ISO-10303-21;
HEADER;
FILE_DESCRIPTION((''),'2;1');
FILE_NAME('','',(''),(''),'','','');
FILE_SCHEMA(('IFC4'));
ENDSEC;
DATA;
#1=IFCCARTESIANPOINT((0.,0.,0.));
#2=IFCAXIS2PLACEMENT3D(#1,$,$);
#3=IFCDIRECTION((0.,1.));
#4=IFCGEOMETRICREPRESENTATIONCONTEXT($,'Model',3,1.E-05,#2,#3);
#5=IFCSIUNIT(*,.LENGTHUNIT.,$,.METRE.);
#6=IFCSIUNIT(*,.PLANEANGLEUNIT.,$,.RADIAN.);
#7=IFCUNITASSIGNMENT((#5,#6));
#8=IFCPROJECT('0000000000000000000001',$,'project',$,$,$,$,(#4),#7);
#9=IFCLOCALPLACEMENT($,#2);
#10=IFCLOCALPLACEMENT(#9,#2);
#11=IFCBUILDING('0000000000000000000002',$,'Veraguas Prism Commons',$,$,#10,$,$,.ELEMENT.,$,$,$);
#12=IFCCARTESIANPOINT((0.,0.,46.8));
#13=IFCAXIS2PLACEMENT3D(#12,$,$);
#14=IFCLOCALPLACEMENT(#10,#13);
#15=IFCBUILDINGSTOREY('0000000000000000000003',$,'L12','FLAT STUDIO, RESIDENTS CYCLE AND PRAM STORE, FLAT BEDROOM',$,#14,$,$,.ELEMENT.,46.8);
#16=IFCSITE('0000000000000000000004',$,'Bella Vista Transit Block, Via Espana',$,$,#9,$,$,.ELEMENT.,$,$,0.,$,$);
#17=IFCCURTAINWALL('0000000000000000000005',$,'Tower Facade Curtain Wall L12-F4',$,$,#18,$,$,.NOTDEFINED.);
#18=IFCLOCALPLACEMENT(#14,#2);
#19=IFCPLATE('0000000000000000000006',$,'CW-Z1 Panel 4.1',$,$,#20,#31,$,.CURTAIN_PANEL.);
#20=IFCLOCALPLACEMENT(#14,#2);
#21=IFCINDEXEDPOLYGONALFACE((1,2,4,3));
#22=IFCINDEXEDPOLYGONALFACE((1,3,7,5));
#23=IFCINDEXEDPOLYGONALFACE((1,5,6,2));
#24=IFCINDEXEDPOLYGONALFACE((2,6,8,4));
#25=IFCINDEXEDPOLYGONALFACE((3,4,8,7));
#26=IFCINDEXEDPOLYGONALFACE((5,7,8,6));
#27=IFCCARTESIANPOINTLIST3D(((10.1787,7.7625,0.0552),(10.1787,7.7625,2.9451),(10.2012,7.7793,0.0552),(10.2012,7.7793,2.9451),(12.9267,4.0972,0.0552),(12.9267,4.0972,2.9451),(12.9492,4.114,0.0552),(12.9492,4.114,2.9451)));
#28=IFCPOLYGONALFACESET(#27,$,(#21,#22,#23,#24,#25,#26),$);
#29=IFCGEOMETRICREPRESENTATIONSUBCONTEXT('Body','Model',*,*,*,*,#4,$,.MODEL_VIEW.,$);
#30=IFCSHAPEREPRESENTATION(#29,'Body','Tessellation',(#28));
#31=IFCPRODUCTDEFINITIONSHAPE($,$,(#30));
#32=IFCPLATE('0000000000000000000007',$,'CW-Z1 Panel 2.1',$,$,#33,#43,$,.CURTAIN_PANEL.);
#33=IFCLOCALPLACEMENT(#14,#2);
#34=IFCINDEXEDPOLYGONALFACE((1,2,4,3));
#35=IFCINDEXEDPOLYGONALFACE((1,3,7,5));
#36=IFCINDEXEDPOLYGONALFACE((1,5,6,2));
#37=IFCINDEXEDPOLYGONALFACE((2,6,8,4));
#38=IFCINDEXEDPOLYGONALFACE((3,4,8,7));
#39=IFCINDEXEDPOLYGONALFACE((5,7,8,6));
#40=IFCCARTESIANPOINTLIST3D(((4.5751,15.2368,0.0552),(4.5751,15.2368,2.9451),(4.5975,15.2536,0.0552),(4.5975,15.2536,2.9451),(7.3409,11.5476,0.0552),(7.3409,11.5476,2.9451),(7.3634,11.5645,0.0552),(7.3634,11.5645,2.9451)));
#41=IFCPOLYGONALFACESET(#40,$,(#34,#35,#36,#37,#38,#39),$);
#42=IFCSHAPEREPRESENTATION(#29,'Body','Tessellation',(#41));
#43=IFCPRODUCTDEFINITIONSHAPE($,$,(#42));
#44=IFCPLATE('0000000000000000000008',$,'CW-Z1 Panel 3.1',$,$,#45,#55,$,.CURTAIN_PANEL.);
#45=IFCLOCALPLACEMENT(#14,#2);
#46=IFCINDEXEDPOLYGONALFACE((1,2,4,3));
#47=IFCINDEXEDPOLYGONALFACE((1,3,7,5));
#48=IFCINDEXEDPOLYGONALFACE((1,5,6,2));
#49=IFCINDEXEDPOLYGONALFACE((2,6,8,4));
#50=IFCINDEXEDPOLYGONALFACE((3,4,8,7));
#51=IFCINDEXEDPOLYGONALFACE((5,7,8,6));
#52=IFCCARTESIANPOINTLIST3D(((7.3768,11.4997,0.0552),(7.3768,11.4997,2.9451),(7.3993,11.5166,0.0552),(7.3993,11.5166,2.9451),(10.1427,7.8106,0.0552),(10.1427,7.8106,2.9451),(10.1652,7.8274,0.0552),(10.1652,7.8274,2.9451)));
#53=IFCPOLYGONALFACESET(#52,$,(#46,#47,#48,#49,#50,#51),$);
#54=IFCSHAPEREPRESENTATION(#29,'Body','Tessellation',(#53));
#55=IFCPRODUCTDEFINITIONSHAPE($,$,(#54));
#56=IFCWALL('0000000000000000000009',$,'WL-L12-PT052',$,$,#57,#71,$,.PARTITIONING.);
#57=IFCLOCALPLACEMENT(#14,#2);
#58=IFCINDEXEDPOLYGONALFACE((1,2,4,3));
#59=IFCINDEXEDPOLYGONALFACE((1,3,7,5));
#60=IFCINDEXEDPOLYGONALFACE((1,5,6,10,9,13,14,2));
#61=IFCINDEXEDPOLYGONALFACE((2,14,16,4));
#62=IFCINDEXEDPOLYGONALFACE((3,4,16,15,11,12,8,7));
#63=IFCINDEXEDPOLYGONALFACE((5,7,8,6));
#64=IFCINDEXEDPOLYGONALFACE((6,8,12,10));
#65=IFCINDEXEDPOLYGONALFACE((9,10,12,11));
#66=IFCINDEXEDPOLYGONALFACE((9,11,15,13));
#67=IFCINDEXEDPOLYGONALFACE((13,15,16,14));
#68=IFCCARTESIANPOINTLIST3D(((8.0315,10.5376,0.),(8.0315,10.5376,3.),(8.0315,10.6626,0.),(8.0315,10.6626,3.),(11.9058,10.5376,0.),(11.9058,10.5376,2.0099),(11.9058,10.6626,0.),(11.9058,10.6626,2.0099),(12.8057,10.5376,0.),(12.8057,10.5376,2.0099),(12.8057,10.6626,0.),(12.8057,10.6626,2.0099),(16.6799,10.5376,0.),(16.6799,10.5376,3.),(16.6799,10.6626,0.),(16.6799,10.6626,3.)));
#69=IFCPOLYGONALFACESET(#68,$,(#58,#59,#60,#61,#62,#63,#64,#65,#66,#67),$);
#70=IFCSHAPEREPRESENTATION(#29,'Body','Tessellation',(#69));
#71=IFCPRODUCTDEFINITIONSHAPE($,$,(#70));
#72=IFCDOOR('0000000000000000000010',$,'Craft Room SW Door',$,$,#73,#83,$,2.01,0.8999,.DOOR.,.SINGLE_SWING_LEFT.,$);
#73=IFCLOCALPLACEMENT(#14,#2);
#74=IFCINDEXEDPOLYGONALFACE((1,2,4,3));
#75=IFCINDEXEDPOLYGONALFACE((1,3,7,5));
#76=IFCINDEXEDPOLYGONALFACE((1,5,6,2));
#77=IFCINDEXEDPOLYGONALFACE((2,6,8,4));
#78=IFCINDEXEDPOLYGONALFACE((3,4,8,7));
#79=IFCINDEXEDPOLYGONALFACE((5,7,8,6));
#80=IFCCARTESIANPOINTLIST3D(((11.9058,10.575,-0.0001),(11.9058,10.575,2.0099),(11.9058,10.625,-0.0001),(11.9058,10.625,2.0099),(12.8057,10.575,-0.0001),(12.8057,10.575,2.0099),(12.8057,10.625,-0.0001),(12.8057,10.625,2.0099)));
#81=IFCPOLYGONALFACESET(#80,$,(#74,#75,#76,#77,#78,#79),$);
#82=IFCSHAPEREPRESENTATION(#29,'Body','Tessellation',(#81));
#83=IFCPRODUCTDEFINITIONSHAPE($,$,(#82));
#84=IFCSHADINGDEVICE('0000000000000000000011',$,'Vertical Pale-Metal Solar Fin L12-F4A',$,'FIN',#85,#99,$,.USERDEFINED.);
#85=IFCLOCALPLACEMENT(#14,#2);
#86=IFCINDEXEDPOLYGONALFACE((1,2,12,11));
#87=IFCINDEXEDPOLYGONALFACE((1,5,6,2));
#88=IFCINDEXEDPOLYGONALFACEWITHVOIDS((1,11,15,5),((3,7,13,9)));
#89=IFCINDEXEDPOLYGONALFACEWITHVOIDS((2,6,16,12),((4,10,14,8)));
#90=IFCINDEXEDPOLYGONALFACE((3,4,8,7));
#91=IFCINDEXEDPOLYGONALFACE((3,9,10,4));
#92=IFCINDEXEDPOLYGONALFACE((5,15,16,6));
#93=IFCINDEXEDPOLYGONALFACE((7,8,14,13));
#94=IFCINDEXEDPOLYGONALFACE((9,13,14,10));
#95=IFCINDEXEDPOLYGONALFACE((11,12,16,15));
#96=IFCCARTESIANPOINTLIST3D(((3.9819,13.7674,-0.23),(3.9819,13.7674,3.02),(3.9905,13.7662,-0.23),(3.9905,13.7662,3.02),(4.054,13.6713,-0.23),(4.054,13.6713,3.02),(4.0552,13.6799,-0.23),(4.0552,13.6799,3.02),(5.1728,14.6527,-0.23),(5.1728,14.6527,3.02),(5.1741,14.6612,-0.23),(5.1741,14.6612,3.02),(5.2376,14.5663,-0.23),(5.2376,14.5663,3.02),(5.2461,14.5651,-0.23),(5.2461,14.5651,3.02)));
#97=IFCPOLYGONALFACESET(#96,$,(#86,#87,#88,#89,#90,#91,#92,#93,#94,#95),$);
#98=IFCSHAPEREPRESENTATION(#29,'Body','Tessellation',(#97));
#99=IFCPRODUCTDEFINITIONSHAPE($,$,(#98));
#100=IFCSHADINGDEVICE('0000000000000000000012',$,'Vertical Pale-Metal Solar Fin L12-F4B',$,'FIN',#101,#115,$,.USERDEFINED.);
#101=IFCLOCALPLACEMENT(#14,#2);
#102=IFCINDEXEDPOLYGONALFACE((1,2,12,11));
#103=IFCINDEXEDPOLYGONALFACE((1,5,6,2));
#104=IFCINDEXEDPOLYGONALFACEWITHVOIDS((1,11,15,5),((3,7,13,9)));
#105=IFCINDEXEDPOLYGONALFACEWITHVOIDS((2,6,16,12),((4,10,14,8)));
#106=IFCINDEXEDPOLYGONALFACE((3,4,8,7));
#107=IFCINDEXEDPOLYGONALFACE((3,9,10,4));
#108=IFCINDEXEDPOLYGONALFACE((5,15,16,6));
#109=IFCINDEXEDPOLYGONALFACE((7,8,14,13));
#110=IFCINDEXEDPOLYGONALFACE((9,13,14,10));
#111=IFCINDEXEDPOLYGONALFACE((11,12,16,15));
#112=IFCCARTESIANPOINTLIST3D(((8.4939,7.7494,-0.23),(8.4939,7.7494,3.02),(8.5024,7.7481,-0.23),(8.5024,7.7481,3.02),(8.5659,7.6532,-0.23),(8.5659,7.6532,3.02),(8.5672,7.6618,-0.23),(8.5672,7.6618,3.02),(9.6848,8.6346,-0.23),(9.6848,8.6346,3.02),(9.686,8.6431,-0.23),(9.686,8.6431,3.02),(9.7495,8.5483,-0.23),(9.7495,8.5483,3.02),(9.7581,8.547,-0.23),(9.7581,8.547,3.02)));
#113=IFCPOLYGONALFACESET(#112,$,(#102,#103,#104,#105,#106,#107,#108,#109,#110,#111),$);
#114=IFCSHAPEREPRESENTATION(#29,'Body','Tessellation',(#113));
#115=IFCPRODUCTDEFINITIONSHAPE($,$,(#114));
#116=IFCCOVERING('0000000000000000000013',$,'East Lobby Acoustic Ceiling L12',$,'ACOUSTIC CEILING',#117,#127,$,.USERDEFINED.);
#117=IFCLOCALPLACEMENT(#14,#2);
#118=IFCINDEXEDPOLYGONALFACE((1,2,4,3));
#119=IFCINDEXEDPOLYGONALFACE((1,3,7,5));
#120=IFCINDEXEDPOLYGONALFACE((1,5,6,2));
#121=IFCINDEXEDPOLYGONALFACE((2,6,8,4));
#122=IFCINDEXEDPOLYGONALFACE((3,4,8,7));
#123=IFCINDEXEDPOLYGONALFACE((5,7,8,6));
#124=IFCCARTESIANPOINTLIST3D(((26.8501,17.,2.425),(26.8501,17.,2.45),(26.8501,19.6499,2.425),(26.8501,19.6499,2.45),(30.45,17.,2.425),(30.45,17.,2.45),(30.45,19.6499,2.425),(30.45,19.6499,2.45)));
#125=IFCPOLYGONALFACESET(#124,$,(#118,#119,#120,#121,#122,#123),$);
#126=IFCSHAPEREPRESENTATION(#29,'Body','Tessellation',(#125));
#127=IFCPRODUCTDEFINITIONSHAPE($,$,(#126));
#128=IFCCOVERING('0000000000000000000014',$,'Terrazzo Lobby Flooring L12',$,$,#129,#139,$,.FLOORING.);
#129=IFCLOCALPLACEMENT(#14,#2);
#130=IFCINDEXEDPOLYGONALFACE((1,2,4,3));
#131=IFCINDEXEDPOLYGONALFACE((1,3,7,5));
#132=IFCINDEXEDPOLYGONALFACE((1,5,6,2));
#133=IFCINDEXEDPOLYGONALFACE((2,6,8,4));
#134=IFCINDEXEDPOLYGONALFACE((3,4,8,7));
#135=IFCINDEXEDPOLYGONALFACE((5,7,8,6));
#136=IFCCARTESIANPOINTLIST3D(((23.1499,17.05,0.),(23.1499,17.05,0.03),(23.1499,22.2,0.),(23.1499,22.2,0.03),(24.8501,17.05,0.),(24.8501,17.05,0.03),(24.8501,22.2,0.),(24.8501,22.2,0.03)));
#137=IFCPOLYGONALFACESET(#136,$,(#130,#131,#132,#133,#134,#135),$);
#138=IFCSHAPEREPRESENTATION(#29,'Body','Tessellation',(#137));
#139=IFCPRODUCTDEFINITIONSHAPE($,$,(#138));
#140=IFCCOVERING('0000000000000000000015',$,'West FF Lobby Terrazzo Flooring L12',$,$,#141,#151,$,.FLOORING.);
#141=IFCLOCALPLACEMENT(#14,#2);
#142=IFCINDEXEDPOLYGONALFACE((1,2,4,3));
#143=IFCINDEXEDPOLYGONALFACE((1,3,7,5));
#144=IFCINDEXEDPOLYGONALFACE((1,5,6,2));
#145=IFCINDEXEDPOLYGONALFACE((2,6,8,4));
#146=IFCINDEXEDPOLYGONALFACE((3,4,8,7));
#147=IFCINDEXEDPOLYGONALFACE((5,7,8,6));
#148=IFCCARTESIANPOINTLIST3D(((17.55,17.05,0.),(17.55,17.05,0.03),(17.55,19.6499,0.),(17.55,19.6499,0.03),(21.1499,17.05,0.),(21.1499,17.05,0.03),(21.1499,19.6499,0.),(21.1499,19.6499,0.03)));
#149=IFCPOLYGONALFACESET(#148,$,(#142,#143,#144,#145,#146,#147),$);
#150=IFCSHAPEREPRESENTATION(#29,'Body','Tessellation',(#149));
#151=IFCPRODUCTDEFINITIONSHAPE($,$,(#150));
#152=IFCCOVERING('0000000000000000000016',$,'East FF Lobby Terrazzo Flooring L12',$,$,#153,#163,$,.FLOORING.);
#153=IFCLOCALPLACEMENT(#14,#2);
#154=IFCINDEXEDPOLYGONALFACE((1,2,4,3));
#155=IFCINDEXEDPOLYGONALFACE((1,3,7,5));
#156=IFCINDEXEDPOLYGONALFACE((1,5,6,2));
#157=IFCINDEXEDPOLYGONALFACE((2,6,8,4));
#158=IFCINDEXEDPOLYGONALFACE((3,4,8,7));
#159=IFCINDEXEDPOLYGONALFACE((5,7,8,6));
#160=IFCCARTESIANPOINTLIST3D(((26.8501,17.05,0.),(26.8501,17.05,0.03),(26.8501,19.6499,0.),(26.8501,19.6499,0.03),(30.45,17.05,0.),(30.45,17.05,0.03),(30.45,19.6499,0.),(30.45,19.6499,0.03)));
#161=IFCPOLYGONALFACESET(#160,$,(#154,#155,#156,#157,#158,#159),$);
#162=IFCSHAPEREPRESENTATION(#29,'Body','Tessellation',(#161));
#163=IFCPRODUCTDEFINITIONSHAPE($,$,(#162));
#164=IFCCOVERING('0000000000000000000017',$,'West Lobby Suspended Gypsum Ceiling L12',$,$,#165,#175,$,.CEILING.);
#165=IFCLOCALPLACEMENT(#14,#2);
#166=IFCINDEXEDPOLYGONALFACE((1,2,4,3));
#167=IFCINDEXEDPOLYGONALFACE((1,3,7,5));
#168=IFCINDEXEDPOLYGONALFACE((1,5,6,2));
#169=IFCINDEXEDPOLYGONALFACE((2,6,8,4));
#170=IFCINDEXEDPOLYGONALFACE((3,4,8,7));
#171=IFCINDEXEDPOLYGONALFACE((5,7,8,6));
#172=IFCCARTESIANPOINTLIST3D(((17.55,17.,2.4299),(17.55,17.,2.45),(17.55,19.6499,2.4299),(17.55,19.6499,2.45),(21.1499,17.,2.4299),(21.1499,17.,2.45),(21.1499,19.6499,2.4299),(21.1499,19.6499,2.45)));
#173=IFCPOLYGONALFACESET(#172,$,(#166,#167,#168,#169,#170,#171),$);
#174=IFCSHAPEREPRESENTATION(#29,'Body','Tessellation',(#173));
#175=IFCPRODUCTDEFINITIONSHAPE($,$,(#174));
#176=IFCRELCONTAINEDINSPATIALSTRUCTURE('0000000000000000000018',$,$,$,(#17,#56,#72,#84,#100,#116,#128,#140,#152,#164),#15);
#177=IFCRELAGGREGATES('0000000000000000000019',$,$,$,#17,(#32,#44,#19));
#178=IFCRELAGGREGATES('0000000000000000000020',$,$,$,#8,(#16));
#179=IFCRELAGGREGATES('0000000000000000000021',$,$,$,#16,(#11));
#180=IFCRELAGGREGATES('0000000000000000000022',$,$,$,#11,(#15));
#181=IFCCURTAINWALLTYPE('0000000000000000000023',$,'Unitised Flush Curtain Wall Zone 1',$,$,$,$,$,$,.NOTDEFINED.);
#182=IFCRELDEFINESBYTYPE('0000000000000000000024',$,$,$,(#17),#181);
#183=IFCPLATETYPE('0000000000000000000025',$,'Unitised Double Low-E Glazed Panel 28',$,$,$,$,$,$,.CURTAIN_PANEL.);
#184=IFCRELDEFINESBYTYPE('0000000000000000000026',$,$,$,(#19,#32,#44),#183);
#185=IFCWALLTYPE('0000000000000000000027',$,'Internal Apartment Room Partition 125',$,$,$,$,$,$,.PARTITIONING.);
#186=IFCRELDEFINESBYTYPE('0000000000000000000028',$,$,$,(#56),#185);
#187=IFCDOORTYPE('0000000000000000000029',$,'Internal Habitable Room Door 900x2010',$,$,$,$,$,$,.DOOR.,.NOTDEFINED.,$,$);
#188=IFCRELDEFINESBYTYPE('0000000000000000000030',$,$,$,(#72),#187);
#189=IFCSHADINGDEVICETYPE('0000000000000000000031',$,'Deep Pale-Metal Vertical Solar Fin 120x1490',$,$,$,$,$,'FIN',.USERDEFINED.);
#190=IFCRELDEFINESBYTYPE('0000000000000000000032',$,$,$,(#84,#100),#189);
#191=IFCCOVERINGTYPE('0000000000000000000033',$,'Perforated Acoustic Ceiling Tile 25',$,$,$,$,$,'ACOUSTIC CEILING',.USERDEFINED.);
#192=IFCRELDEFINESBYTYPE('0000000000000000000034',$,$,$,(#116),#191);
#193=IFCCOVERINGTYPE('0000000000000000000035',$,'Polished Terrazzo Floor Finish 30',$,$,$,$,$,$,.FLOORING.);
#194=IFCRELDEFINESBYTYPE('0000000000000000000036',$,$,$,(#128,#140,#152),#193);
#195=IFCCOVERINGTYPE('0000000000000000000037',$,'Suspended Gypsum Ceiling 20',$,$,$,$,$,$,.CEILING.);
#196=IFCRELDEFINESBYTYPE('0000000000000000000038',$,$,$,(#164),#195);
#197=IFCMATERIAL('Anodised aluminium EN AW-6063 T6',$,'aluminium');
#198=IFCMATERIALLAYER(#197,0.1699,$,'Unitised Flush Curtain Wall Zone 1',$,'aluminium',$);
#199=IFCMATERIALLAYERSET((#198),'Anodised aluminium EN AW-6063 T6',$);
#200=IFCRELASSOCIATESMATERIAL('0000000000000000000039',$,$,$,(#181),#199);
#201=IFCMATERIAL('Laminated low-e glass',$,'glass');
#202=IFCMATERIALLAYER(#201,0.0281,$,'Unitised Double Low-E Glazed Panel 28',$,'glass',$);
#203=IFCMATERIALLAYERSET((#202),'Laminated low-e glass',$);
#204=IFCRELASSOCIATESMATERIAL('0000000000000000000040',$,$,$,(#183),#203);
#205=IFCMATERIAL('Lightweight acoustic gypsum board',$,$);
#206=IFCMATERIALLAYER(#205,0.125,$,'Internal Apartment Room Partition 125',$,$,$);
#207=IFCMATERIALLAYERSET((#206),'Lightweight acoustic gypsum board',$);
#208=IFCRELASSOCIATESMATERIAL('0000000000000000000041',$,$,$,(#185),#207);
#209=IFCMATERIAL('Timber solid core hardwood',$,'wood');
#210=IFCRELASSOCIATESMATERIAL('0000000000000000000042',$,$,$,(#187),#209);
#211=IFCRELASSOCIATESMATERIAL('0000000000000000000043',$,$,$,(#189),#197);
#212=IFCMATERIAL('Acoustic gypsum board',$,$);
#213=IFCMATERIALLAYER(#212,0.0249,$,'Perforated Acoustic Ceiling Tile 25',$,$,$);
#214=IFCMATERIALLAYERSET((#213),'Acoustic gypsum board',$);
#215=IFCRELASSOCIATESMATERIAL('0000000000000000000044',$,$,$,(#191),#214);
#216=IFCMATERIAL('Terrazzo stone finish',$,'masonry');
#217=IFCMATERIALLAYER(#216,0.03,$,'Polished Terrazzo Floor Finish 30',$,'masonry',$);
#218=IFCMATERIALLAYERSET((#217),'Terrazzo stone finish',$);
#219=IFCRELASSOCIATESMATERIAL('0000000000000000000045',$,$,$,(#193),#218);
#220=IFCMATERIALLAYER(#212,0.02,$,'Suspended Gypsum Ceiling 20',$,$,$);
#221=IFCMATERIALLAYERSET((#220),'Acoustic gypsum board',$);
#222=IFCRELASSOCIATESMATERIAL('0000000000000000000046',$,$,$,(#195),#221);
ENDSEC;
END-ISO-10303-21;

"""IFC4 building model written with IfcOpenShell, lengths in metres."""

from ifc_helpers import new_model, si_unit, direction, frame, frame_2d, origin, origin_2d, place, context, subcontext, project, spatial, polyline, rectangle, hollow_rectangle, outline, extrude, source, transform, mapped, material, layer, layer_set, material_profile, profile_set, type_object, element, fill, aggregate, save


model = new_model("IFC4")

# Units and contexts
model_context = context("Model", 3, precision=1e-05, world=origin(), true_north=direction((0.0, 1.0)))
body_context = subcontext(model_context, "Body", "Model", "MODEL_VIEW")
ifc_project = project(units=[si_unit("LENGTHUNIT", "METRE"), si_unit("PLANEANGLEUNIT", "RADIAN")], contexts=[model_context])

# Site, building, storey
site_placement = place(None, origin())
site = spatial("IfcSite", under=ifc_project, at=site_placement, Name="Bella Vista Transit Block, Via Espana", CompositionType="ELEMENT", RefElevation=0.0)
building_placement = place(site_placement, origin())
building = spatial("IfcBuilding", under=site, at=building_placement, Name="Veraguas Prism Commons", CompositionType="ELEMENT")
storey_placement = place(building_placement, frame((0.0, 0.0, 46.8)))
storey = spatial("IfcBuildingStorey", under=building, at=storey_placement, Name="L12", Description="FLAT STUDIO, RESIDENTS CYCLE AND PRAM STORE, FLAT BEDROOM", CompositionType="ELEMENT", Elevation=46.8)

# Curtain wall
ifc_material_1 = material(Name="Anodised aluminium EN AW-6063 T6", Category="aluminium")
ifc_layer_1 = layer(ifc_material_1, 0.1699, Name="Unitised Flush Curtain Wall Zone 1", Category="aluminium")
ifc_layer_set_1 = layer_set([ifc_layer_1], Name="Anodised aluminium EN AW-6063 T6")
curtain_wall_type = type_object("IfcCurtainWallType", Name="Unitised Flush Curtain Wall Zone 1", PredefinedType="NOTDEFINED", material=ifc_layer_set_1)
curtain_wall_1_placement = place(storey_placement, origin())
curtain_wall_1 = element("IfcCurtainWall", 1, at=curtain_wall_1_placement, inside=storey, type_object=curtain_wall_type, Name="Tower Facade Curtain Wall L12-F4", PredefinedType="NOTDEFINED")

# Plates
ifc_material_2 = material(Name="Laminated low-e glass", Category="glass")
ifc_layer_2 = layer(ifc_material_2, 0.0281, Name="Unitised Double Low-E Glazed Panel 28", Category="glass")
ifc_layer_set_2 = layer_set([ifc_layer_2], Name="Laminated low-e glass")
plate_type = type_object("IfcPlateType", Name="Unitised Double Low-E Glazed Panel 28", PredefinedType="CURTAIN_PANEL", material=ifc_layer_set_2)
shared_shape_1 = source(origin(), body_context, "Body", "SweptSolid", [
    extrude(rectangle(XDim=4.5811, YDim=0.0281, at=origin_2d()), origin(), (0.0, 0.0, 1.0), 2.8899),
])
plate_1_placement = place(storey_placement, frame((11.564, 5.9382, 0.0552), z_axis=(0.0, 0.0, 1.0), x_axis=(0.599862, -0.800104, 0.0)))
plate_1 = element("IfcPlate", 2, at=plate_1_placement, type_object=plate_type, Name="CW-Z1 Panel 4.1", PredefinedType="CURTAIN_PANEL", context=body_context, shape_type="MappedRepresentation", body=[
    mapped(shared_shape_1, transform((0.0, 0.0, 0.0), scale=1.0)),
])
shared_shape_2 = source(origin(), body_context, "Body", "SweptSolid", [
    extrude(rectangle(XDim=4.6108, YDim=0.0281, at=origin_2d()), origin(), (0.0, 0.0, 1.0), 2.8899),
])
plate_2_placement = place(storey_placement, frame((5.9692, 13.4006, 0.0552), z_axis=(0.0, 0.0, 1.0), x_axis=(0.599862, -0.800104, 0.0)))
plate_2 = element("IfcPlate", 3, at=plate_2_placement, type_object=plate_type, Name="CW-Z1 Panel 2.1", PredefinedType="CURTAIN_PANEL", context=body_context, shape_type="MappedRepresentation", body=[
    mapped(shared_shape_2, transform((0.0, 0.0, 0.0), scale=1.0)),
])
plate_3_placement = place(storey_placement, frame((8.771, 9.6636, 0.0552), z_axis=(0.0, 0.0, 1.0), x_axis=(0.599862, -0.800104, 0.0)))
plate_3 = element("IfcPlate", 4, at=plate_3_placement, type_object=plate_type, Name="CW-Z1 Panel 3.1", PredefinedType="CURTAIN_PANEL", context=body_context, shape_type="MappedRepresentation", body=[
    mapped(shared_shape_2, transform((0.0, 0.0, 0.0), scale=1.0)),
])
aggregate(curtain_wall_1, [plate_2, plate_3, plate_1])

# Wall, opening, door
ifc_material_3 = material(Name="Lightweight acoustic gypsum board")
ifc_layer_3 = layer(ifc_material_3, 0.125, Name="Internal Apartment Room Partition 125")
ifc_layer_set_3 = layer_set([ifc_layer_3], Name="Lightweight acoustic gypsum board")
wall_type = type_object("IfcWallType", Name="Internal Apartment Room Partition 125", PredefinedType="PARTITIONING", material=ifc_layer_set_3)
wall_placement = place(storey_placement, frame((8.0315, 10.6001, 0.0), z_axis=(0.0, 0.0, 1.0), x_axis=(1.0, 0.0, 0.0)))
wall = element("IfcWall", 5, at=wall_placement, inside=storey, type_object=wall_type, Name="WL-L12-PT052", PredefinedType="PARTITIONING", context=body_context, shape_type="SweptSolid", body=[
    extrude(rectangle(XDim=8.6484, YDim=0.125, at=frame_2d((4.3242, 0.0))), origin(), (0.0, 0.0, 1.0), 3.0),
])
opening_placement = place(wall_placement, frame((3.8743, 0.0, 0.0)))
opening = element("IfcOpeningElement", 6, at=opening_placement, cuts=wall, PredefinedType="OPENING", context=body_context, shape_type="SweptSolid", body=[
    extrude(rectangle(XDim=0.8999, YDim=2.01, at=frame_2d((0.45, 1.0049))), frame((0.0, 0.0725, 0.0), z_axis=(0.0, -1.0, 0.0), x_axis=(1.0, 0.0, 0.0)), (0.0, 0.0, 1.0), 0.145),
])
ifc_material_4 = material(Name="Timber solid core hardwood", Category="wood")
door_type = type_object("IfcDoorType", Name="Internal Habitable Room Door 900x2010", OperationType="NOTDEFINED", PredefinedType="DOOR", material=ifc_material_4)
shared_shape_3 = source(origin(), body_context, "Body", "SweptSolid", [
    extrude(rectangle(XDim=0.8999, YDim=2.01, at=frame_2d((0.45, 1.0049))), frame((0.0, 0.0249, 0.0), z_axis=(0.0, -1.0, 0.0), x_axis=(1.0, 0.0, 0.0)), (0.0, 0.0, 1.0), 0.05),
])
door_placement = place(opening_placement, origin())
door = element("IfcDoor", 7, at=door_placement, inside=storey, type_object=door_type, Name="Craft Room SW Door", OperationType="SINGLE_SWING_LEFT", OverallHeight=2.01, OverallWidth=0.8999, PredefinedType="DOOR", context=body_context, shape_type="MappedRepresentation", body=[
    mapped(shared_shape_3, transform((0.0, 0.0, 0.0), scale=1.0)),
])
fill(opening, door)

# Shading devices
ifc_material_profile_1 = material_profile(ifc_material_1, hollow_rectangle(XDim=0.1201, YDim=1.49, WallThickness=0.0061, at=origin_2d()), Name="FIN120X1490X6")
ifc_profile_set_1 = profile_set([ifc_material_profile_1], Name="Anodised aluminium EN AW-6063 T6")
shading_device_type = type_object("IfcShadingDeviceType", Name="Deep Pale-Metal Vertical Solar Fin 120x1490", ElementType="FIN", PredefinedType="USERDEFINED", material=ifc_profile_set_1)
for number, where, z_axis, x_axis, name in (
    (8, (4.614, 14.1663, -0.23), (0.0, 0.0, 1.0), (0.599862, -0.800104, 0.0), "Vertical Pale-Metal Solar Fin L12-F4A"),
    (9, (9.126, 8.1482, -0.23), (0.0, 0.0, 1.0), (0.599862, -0.800104, 0.0), "Vertical Pale-Metal Solar Fin L12-F4B"),
):
    element("IfcShadingDevice", number, at=place(storey_placement, frame(where, z_axis=z_axis, x_axis=x_axis)), inside=storey, type_object=shading_device_type, Name=name, ObjectType="FIN", PredefinedType="USERDEFINED", context=body_context, shape_type="SweptSolid", body=[
        extrude(hollow_rectangle(XDim=0.1201, YDim=1.49, WallThickness=0.0061, at=origin_2d()), origin(), (0.0, 0.0, 1.0), 3.25),
    ])

# Coverings
ifc_material_5 = material(Name="Acoustic gypsum board")
ifc_layer_4 = layer(ifc_material_5, 0.0249, Name="Perforated Acoustic Ceiling Tile 25")
ifc_layer_set_4 = layer_set([ifc_layer_4], Name="Acoustic gypsum board")
covering_type_1 = type_object("IfcCoveringType", Name="Perforated Acoustic Ceiling Tile 25", ElementType="ACOUSTIC CEILING", PredefinedType="USERDEFINED", material=ifc_layer_set_4)
covering_1_placement = place(storey_placement, frame((0.0, 0.0, 2.425)))
element("IfcCovering", 10, at=covering_1_placement, inside=storey, type_object=covering_type_1, Name="East Lobby Acoustic Ceiling L12", ObjectType="ACOUSTIC CEILING", PredefinedType="USERDEFINED", context=body_context, shape_type="SweptSolid", body=[
    extrude(outline(polyline([(26.8501, 17.0), (30.45, 17.0), (30.45, 19.6499), (26.8501, 19.6499), (26.8501, 17.0)])), origin(), (0.0, 0.0, 1.0), 0.0249),
])
ifc_material_6 = material(Name="Terrazzo stone finish", Category="masonry")
ifc_layer_5 = layer(ifc_material_6, 0.03, Name="Polished Terrazzo Floor Finish 30", Category="masonry")
ifc_layer_set_5 = layer_set([ifc_layer_5], Name="Terrazzo stone finish")
covering_type_2 = type_object("IfcCoveringType", Name="Polished Terrazzo Floor Finish 30", PredefinedType="FLOORING", material=ifc_layer_set_5)
covering_2_placement = place(storey_placement, origin())
element("IfcCovering", 11, at=covering_2_placement, inside=storey, type_object=covering_type_2, Name="Terrazzo Lobby Flooring L12", PredefinedType="FLOORING", context=body_context, shape_type="SweptSolid", body=[
    extrude(outline(polyline([(23.1499, 17.05), (24.8501, 17.05), (24.8501, 22.2), (23.1499, 22.2), (23.1499, 17.05)])), origin(), (0.0, 0.0, 1.0), 0.03),
])
covering_3_placement = place(storey_placement, origin())
element("IfcCovering", 12, at=covering_3_placement, inside=storey, type_object=covering_type_2, Name="West FF Lobby Terrazzo Flooring L12", PredefinedType="FLOORING", context=body_context, shape_type="SweptSolid", body=[
    extrude(outline(polyline([(17.55, 17.05), (21.1499, 17.05), (21.1499, 19.6499), (17.55, 19.6499), (17.55, 17.05)])), origin(), (0.0, 0.0, 1.0), 0.03),
])
covering_4_placement = place(storey_placement, origin())
element("IfcCovering", 13, at=covering_4_placement, inside=storey, type_object=covering_type_2, Name="East FF Lobby Terrazzo Flooring L12", PredefinedType="FLOORING", context=body_context, shape_type="SweptSolid", body=[
    extrude(outline(polyline([(26.8501, 17.05), (30.45, 17.05), (30.45, 19.6499), (26.8501, 19.6499), (26.8501, 17.05)])), origin(), (0.0, 0.0, 1.0), 0.03),
])
ifc_layer_6 = layer(ifc_material_5, 0.02, Name="Suspended Gypsum Ceiling 20")
ifc_layer_set_6 = layer_set([ifc_layer_6], Name="Acoustic gypsum board")
covering_type_3 = type_object("IfcCoveringType", Name="Suspended Gypsum Ceiling 20", PredefinedType="CEILING", material=ifc_layer_set_6)
covering_5_placement = place(storey_placement, frame((0.0, 0.0, 2.4299)))
element("IfcCovering", 14, at=covering_5_placement, inside=storey, type_object=covering_type_3, Name="West Lobby Suspended Gypsum Ceiling L12", PredefinedType="CEILING", context=body_context, shape_type="SweptSolid", body=[
    extrude(outline(polyline([(17.55, 17.0), (21.1499, 17.0), (21.1499, 19.6499), (17.55, 19.6499), (17.55, 17.0)])), origin(), (0.0, 0.0, 1.0), 0.02),
])

save(model, "model.ifc")
